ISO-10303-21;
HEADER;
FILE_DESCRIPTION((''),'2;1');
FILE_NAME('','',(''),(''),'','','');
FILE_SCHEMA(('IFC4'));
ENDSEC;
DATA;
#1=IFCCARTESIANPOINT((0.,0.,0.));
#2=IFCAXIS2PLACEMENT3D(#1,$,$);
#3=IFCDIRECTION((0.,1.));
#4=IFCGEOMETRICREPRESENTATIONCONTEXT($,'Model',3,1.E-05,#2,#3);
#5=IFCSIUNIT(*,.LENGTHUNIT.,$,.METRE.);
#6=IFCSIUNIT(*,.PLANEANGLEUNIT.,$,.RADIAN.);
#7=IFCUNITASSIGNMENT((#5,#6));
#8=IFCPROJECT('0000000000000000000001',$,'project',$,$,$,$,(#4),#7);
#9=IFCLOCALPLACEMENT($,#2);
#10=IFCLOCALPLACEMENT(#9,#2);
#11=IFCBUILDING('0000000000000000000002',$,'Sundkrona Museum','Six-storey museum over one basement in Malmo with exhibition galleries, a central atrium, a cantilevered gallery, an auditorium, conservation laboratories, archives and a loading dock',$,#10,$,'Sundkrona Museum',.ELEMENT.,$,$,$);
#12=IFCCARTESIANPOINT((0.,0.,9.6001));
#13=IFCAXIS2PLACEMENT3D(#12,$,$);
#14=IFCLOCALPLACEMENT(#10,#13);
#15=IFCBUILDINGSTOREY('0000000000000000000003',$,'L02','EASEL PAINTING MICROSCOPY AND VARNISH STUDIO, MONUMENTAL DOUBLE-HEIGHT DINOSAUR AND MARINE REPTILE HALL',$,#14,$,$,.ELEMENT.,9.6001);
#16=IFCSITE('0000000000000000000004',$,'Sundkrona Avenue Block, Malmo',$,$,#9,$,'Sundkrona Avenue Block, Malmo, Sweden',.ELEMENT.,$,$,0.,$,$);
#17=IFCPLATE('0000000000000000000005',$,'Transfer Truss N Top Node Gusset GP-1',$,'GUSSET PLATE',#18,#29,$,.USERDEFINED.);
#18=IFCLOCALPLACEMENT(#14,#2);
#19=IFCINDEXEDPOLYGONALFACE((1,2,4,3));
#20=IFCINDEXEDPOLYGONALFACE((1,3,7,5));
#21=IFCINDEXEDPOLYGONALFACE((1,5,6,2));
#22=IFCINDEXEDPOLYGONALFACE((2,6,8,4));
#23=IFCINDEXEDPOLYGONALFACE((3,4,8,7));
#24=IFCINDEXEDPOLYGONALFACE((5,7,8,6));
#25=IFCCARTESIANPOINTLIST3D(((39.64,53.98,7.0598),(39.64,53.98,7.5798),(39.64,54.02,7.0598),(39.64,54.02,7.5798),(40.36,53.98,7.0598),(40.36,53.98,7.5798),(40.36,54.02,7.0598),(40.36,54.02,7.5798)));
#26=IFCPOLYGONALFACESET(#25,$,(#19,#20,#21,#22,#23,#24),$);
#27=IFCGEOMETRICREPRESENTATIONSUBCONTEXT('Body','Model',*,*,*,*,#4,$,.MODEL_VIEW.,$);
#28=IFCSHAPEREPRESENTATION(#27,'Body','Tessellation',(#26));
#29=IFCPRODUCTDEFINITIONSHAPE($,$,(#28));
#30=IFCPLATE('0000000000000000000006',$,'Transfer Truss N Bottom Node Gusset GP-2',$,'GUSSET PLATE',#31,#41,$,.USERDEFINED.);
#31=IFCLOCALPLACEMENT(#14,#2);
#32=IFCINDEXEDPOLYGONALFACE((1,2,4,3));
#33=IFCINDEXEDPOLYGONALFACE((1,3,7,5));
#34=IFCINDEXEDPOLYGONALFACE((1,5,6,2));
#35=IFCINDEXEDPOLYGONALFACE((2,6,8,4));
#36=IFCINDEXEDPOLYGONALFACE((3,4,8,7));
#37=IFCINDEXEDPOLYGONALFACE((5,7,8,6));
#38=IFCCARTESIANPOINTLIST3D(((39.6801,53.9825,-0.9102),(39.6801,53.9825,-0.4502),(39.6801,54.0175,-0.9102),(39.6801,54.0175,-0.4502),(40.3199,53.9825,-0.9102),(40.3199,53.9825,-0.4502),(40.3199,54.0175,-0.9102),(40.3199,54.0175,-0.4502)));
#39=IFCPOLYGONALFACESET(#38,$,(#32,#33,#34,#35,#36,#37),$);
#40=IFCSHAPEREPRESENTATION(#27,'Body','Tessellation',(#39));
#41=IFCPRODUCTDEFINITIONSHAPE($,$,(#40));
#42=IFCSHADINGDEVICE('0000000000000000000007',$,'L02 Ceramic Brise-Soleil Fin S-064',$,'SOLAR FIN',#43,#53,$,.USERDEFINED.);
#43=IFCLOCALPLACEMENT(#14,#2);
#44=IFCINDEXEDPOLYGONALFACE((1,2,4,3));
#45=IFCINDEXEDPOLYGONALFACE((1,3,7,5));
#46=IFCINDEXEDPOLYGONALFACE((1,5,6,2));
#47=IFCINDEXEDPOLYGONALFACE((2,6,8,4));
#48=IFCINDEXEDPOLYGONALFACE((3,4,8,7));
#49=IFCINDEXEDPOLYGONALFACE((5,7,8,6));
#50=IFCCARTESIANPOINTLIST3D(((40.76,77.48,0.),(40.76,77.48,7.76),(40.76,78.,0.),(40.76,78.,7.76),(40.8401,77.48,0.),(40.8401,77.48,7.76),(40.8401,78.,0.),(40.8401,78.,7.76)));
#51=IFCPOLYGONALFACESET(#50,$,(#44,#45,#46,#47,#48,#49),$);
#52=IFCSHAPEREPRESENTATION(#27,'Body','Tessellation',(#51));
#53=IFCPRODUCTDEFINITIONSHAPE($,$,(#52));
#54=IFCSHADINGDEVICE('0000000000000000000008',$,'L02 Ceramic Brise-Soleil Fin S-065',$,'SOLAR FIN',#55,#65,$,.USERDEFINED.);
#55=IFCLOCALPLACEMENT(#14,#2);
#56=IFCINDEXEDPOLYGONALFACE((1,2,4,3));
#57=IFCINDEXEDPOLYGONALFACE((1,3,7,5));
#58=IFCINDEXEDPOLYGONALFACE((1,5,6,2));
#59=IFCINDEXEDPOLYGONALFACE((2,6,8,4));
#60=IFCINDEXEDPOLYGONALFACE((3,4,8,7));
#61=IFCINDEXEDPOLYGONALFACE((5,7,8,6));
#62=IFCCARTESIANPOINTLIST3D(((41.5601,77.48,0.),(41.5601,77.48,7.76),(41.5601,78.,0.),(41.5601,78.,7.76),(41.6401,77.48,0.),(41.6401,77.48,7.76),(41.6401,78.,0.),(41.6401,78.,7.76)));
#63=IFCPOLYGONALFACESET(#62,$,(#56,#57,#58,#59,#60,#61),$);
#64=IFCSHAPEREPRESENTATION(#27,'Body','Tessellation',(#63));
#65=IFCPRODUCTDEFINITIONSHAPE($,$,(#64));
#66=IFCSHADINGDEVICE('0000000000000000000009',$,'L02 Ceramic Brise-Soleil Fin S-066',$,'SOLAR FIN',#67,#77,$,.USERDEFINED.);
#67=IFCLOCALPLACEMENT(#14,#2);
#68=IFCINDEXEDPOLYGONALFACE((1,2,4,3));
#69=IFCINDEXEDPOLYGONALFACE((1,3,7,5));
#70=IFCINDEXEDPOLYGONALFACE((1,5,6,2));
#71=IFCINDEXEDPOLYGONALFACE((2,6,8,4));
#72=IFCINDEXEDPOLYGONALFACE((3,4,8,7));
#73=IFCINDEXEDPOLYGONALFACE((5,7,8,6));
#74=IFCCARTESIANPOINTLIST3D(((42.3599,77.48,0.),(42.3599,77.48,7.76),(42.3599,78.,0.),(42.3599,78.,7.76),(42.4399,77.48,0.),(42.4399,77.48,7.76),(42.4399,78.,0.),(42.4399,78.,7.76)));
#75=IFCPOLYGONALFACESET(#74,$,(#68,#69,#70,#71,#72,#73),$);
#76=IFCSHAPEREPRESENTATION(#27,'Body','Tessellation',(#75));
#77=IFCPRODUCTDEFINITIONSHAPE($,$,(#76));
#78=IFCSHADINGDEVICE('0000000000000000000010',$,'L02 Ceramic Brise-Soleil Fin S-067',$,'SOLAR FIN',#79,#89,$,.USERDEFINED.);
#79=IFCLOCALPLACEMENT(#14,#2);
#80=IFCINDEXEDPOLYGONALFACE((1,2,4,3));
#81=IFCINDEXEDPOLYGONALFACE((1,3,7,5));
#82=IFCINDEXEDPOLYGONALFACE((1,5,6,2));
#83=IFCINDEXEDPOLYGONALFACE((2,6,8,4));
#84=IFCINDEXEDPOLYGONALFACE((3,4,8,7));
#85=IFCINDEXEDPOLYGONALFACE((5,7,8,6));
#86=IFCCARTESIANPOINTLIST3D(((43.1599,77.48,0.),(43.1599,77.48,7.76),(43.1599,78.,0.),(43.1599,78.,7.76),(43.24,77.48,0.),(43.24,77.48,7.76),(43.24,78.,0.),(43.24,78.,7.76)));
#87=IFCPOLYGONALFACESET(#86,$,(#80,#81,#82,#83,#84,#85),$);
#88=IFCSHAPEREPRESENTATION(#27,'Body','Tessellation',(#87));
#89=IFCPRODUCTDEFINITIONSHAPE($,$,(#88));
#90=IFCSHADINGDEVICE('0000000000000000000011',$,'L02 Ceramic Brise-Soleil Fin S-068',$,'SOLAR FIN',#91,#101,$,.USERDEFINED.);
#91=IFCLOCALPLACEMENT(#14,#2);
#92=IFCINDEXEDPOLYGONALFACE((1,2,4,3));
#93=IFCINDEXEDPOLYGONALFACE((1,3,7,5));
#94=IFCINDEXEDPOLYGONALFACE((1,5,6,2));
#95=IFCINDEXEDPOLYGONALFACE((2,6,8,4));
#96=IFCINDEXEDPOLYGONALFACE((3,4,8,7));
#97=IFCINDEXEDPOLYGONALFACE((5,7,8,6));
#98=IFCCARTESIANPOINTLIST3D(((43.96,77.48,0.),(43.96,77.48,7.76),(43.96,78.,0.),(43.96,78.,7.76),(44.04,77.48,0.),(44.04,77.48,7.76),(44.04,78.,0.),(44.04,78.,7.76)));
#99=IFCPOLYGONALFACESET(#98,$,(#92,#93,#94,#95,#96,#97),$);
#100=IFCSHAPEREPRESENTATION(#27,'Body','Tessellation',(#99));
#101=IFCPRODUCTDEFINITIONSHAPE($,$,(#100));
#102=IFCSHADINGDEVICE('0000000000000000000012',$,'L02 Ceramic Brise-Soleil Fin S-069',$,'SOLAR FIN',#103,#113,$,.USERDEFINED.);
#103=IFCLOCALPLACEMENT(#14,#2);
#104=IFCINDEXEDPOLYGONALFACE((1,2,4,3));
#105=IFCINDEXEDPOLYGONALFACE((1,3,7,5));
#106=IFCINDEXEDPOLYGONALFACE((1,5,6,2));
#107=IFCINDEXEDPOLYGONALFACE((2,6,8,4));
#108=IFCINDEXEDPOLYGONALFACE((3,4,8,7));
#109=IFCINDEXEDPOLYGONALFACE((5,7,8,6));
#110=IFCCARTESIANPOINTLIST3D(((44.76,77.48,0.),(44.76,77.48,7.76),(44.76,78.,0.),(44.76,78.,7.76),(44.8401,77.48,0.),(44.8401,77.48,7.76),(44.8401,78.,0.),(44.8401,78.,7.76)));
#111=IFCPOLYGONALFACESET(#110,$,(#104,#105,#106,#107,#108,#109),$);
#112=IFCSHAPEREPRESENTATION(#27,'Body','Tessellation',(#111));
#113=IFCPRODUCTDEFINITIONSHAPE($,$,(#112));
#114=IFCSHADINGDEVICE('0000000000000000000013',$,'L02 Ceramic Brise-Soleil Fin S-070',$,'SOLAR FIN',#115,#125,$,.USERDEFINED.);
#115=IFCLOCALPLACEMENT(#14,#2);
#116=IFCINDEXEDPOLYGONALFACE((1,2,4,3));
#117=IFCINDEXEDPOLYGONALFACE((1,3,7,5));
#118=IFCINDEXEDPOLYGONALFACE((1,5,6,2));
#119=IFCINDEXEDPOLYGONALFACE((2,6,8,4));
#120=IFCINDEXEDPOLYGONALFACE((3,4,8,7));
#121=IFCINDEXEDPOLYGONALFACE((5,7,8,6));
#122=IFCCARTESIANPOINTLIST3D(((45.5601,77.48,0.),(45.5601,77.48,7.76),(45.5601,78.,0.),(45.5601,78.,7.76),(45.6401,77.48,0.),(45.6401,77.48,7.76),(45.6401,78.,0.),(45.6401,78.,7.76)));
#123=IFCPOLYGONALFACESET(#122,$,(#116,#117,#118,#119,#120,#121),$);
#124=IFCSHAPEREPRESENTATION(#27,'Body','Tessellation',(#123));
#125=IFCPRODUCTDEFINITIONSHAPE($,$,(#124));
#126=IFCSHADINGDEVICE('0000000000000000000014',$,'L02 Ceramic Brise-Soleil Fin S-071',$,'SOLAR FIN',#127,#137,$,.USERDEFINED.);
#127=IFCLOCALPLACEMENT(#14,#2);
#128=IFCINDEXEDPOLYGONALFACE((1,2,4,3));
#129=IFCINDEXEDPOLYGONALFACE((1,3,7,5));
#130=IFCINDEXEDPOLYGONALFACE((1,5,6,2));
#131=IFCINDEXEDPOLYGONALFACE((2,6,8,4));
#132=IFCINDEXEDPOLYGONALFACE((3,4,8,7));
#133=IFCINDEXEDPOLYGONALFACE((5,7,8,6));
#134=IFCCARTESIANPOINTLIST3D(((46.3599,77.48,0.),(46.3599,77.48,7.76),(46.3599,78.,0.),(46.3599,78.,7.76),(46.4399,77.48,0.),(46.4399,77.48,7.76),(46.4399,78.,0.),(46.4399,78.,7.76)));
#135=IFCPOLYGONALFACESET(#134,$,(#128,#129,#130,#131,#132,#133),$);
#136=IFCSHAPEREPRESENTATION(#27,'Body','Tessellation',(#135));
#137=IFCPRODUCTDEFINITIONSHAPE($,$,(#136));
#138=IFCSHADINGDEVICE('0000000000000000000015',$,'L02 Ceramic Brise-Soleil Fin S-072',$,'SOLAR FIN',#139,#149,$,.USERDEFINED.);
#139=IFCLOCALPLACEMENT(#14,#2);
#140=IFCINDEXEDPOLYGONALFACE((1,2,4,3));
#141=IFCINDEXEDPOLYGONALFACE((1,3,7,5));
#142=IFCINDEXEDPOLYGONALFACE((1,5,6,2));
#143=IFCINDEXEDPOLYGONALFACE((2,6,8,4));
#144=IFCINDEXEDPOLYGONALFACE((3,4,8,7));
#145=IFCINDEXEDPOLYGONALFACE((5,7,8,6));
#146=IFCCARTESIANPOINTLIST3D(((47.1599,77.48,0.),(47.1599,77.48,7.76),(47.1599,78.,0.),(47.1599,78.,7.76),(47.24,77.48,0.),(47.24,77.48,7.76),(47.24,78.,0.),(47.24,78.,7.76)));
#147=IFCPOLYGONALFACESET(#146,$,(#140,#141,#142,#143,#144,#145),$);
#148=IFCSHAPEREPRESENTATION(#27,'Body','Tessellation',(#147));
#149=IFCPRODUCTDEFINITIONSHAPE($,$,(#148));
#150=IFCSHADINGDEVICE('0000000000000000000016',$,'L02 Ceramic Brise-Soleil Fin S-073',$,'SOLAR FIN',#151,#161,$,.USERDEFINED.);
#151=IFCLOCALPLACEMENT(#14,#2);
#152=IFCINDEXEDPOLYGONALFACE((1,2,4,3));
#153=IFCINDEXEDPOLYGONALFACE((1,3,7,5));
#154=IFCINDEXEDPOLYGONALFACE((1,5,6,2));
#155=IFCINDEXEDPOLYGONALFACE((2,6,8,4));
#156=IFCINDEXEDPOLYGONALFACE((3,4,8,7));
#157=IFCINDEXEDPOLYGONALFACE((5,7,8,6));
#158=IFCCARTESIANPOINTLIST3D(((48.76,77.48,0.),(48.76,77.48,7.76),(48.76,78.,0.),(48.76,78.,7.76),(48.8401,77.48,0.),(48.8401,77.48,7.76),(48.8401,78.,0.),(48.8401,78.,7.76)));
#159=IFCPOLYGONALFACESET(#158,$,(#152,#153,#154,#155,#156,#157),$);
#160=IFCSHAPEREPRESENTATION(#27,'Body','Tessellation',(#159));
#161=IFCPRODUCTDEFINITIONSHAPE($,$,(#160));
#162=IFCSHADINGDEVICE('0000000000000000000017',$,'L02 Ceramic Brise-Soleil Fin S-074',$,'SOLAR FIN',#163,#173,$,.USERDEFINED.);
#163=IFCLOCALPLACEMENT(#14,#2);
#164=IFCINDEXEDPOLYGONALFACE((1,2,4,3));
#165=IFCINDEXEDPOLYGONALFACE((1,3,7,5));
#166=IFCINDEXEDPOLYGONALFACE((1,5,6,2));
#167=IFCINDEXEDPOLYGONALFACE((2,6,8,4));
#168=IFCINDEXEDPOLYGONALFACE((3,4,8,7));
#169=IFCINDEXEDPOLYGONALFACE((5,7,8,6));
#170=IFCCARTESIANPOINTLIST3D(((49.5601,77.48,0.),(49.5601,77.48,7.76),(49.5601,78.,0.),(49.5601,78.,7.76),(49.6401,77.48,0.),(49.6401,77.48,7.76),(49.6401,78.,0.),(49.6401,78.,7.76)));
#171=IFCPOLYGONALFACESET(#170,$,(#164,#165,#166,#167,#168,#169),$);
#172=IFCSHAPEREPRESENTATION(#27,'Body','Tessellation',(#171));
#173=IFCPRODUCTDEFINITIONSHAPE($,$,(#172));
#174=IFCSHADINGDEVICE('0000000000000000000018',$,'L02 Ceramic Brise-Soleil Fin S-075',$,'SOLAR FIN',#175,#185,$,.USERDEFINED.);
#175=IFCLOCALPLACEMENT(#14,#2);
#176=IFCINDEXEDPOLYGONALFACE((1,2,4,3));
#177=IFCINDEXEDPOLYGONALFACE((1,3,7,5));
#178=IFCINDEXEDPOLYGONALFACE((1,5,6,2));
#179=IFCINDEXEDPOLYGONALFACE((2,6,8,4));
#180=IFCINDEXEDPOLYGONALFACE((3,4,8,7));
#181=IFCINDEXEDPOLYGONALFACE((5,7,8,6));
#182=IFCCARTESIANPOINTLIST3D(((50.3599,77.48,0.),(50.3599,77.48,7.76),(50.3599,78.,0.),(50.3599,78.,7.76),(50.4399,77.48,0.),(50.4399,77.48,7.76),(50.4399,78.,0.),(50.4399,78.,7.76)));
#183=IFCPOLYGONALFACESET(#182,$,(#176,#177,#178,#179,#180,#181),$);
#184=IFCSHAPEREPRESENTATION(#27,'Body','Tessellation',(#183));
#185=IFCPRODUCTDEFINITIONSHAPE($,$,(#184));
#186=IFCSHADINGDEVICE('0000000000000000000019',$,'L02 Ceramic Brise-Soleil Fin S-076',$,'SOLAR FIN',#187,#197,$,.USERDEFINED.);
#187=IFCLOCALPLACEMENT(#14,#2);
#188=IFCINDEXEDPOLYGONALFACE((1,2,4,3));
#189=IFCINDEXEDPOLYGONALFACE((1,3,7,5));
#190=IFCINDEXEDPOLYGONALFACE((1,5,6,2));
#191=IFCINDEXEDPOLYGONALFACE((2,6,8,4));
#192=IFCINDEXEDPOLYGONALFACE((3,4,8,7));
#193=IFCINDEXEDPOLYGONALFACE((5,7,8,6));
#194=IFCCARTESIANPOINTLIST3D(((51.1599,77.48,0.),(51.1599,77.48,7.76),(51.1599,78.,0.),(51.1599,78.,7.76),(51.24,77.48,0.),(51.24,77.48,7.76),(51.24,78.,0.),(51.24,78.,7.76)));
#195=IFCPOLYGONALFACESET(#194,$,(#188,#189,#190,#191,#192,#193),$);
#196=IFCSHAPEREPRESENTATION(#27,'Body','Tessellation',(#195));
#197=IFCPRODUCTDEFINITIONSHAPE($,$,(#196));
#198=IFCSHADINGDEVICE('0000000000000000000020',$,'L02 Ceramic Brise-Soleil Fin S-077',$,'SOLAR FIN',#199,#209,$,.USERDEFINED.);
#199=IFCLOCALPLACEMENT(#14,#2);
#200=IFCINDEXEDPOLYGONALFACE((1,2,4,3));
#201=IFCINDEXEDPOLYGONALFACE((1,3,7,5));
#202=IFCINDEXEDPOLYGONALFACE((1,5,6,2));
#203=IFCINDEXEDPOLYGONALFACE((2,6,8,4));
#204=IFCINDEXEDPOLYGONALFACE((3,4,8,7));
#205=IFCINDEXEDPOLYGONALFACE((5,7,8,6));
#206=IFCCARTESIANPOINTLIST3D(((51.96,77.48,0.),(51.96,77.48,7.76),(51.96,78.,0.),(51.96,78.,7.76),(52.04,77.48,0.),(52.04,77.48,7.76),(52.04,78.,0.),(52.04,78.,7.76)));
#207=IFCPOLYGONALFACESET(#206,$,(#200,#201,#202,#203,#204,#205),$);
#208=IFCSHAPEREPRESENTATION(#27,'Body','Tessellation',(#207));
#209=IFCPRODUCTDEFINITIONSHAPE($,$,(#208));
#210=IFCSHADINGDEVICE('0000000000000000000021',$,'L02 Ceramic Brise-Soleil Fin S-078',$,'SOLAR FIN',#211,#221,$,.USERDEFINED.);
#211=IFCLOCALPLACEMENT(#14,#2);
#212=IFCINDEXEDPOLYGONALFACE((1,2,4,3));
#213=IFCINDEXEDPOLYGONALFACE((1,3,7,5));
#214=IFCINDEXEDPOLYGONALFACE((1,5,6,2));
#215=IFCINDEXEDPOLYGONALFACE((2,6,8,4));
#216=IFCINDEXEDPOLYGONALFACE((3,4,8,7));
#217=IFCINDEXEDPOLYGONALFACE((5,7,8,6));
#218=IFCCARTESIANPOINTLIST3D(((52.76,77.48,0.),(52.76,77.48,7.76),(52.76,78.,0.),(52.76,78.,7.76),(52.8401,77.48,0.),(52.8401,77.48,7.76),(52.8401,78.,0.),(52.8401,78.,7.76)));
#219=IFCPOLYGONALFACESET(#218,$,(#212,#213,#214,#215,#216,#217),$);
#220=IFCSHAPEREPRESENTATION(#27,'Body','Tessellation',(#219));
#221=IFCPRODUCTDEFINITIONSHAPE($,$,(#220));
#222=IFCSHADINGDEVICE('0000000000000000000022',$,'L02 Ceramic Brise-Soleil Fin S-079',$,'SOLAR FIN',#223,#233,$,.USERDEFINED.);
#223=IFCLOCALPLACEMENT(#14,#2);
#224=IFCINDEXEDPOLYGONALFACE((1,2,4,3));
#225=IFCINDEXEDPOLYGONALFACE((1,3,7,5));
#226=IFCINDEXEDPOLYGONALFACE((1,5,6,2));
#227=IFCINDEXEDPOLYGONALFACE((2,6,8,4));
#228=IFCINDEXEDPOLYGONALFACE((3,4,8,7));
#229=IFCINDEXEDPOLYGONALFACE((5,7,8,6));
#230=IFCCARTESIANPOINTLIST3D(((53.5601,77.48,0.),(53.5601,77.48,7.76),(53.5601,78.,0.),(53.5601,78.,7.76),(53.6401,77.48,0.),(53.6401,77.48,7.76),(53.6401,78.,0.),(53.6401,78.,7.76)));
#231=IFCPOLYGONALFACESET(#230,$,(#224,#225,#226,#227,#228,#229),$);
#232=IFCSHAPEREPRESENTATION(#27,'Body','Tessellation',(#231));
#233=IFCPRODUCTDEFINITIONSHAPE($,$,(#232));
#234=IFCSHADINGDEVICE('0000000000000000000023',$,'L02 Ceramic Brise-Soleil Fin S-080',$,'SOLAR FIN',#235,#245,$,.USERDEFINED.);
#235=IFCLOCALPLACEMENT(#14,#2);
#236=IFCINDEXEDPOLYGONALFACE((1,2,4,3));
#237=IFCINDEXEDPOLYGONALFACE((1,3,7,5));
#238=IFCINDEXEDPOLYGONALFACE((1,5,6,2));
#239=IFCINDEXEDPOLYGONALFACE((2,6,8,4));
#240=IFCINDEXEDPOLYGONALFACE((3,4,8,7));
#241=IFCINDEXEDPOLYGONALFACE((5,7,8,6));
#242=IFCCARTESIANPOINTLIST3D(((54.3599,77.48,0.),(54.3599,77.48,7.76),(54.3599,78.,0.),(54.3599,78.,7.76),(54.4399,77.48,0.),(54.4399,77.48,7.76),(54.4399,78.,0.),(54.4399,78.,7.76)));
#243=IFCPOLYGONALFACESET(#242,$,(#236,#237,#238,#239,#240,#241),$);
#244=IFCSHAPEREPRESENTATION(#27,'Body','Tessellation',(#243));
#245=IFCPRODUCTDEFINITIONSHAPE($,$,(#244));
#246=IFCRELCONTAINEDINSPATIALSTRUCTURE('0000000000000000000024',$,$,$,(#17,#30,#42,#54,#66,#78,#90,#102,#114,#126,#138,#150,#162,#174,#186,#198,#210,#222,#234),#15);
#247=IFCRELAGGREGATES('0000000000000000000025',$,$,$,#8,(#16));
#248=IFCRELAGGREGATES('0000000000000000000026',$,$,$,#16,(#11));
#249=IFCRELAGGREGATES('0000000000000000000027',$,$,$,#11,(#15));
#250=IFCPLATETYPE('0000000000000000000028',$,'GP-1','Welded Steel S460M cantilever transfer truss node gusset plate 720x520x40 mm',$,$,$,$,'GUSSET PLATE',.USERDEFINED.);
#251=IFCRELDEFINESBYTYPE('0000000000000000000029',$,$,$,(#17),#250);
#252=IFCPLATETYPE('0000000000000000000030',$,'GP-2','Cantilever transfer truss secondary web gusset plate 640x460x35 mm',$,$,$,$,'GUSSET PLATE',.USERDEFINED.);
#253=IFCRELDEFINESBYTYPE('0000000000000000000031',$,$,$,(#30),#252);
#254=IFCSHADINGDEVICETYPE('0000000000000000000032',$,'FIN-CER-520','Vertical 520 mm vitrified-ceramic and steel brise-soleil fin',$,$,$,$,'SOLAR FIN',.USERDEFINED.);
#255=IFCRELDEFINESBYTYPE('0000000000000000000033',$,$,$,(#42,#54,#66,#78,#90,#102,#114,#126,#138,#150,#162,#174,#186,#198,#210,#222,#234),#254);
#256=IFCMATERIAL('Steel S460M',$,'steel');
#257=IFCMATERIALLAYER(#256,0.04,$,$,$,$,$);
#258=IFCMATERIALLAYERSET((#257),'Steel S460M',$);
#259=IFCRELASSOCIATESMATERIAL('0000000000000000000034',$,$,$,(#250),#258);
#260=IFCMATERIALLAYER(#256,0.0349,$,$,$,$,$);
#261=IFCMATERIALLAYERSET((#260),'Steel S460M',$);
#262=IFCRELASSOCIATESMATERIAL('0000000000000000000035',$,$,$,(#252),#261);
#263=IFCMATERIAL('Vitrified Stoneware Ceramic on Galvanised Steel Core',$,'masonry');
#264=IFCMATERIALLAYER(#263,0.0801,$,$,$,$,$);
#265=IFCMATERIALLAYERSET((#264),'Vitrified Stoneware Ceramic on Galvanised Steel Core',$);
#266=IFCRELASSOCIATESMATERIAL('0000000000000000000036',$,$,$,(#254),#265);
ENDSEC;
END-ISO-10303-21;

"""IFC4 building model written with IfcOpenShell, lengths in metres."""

from ifc_helpers import new_model, si_unit, direction, frame, origin, origin_2d, place, context, subcontext, project, spatial, rectangle, extrude, material, layer, layer_set, type_object, element, save


model = new_model("IFC4")

# Units and contexts
model_context = context("Model", 3, precision=1e-05, world=origin(), true_north=direction((0.0, 1.0)))
body_context = subcontext(model_context, "Body", "Model", "MODEL_VIEW")
ifc_project = project(units=[si_unit("LENGTHUNIT", "METRE"), si_unit("PLANEANGLEUNIT", "RADIAN")], contexts=[model_context])

# Site, building, storey
site_placement = place(None, origin())
site = spatial("IfcSite", under=ifc_project, at=site_placement, Name="Sundkrona Avenue Block, Malmo", LongName="Sundkrona Avenue Block, Malmo, Sweden", CompositionType="ELEMENT", RefElevation=0.0)
building_placement = place(site_placement, origin())
building = spatial("IfcBuilding", under=site, at=building_placement, Name="Sundkrona Museum", Description="Six-storey museum over one basement in Malmo with exhibition galleries, a central atrium, a cantilevered gallery, an auditorium, conservation laboratories, archives and a loading dock", LongName="Sundkrona Museum", CompositionType="ELEMENT")
storey_placement = place(building_placement, frame((0.0, 0.0, 9.6001)))
storey = spatial("IfcBuildingStorey", under=building, at=storey_placement, Name="L02", Description="EASEL PAINTING MICROSCOPY AND VARNISH STUDIO, MONUMENTAL DOUBLE-HEIGHT DINOSAUR AND MARINE REPTILE HALL", CompositionType="ELEMENT", Elevation=9.6001)

# Plates
ifc_material_1 = material(Name="Steel S460M", Category="steel")
ifc_layer_1 = layer(ifc_material_1, 0.04)
ifc_layer_set_1 = layer_set([ifc_layer_1], Name="Steel S460M")
plate_type_1 = type_object("IfcPlateType", Name="GP-1", Description="Welded Steel S460M cantilever transfer truss node gusset plate 720x520x40 mm", ElementType="GUSSET PLATE", PredefinedType="USERDEFINED", material=ifc_layer_set_1)
plate_1_placement = place(storey_placement, frame((40.0, 54.0, 7.0598), z_axis=(0.0, 0.0, 1.0), x_axis=(1.0, 0.0, 0.0)))
element("IfcPlate", 1, at=plate_1_placement, inside=storey, type_object=plate_type_1, Name="Transfer Truss N Top Node Gusset GP-1", ObjectType="GUSSET PLATE", PredefinedType="USERDEFINED", context=body_context, shape_type="SweptSolid", body=[
    extrude(rectangle(XDim=0.72, YDim=0.04, at=origin_2d()), origin(), (0.0, 0.0, 1.0), 0.52),
])
ifc_layer_2 = layer(ifc_material_1, 0.0349)
ifc_layer_set_2 = layer_set([ifc_layer_2], Name="Steel S460M")
plate_type_2 = type_object("IfcPlateType", Name="GP-2", Description="Cantilever transfer truss secondary web gusset plate 640x460x35 mm", ElementType="GUSSET PLATE", PredefinedType="USERDEFINED", material=ifc_layer_set_2)
plate_2_placement = place(storey_placement, frame((40.0, 54.0, -0.9102), z_axis=(0.0, 0.0, 1.0), x_axis=(1.0, 0.0, 0.0)))
element("IfcPlate", 2, at=plate_2_placement, inside=storey, type_object=plate_type_2, Name="Transfer Truss N Bottom Node Gusset GP-2", ObjectType="GUSSET PLATE", PredefinedType="USERDEFINED", context=body_context, shape_type="SweptSolid", body=[
    extrude(rectangle(XDim=0.6399, YDim=0.0349, at=origin_2d()), origin(), (0.0, 0.0, 1.0), 0.46),
])

# Shading devices
ifc_material_2 = material(Name="Vitrified Stoneware Ceramic on Galvanised Steel Core", Category="masonry")
ifc_layer_3 = layer(ifc_material_2, 0.0801)
ifc_layer_set_3 = layer_set([ifc_layer_3], Name="Vitrified Stoneware Ceramic on Galvanised Steel Core")
shading_device_type = type_object("IfcShadingDeviceType", Name="FIN-CER-520", Description="Vertical 520 mm vitrified-ceramic and steel brise-soleil fin", ElementType="SOLAR FIN", PredefinedType="USERDEFINED", material=ifc_layer_set_3)
for number, where, z_axis, x_axis, name in (
    (3, (40.8, 77.74, 0.0), (0.0, 0.0, 1.0), (1.0, 0.0, 0.0), "L02 Ceramic Brise-Soleil Fin S-064"),
    (4, (41.6001, 77.74, 0.0), (0.0, 0.0, 1.0), (1.0, 0.0, 0.0), "L02 Ceramic Brise-Soleil Fin S-065"),
    (5, (42.3999, 77.74, 0.0), (0.0, 0.0, 1.0), (1.0, 0.0, 0.0), "L02 Ceramic Brise-Soleil Fin S-066"),
    (6, (43.2, 77.74, 0.0), (0.0, 0.0, 1.0), (1.0, 0.0, 0.0), "L02 Ceramic Brise-Soleil Fin S-067"),
    (7, (44.0, 77.74, 0.0), (0.0, 0.0, 1.0), (1.0, 0.0, 0.0), "L02 Ceramic Brise-Soleil Fin S-068"),
    (8, (44.8, 77.74, 0.0), (0.0, 0.0, 1.0), (1.0, 0.0, 0.0), "L02 Ceramic Brise-Soleil Fin S-069"),
    (9, (45.6001, 77.74, 0.0), (0.0, 0.0, 1.0), (1.0, 0.0, 0.0), "L02 Ceramic Brise-Soleil Fin S-070"),
    (10, (46.3999, 77.74, 0.0), (0.0, 0.0, 1.0), (1.0, 0.0, 0.0), "L02 Ceramic Brise-Soleil Fin S-071"),
    (11, (47.2, 77.74, 0.0), (0.0, 0.0, 1.0), (1.0, 0.0, 0.0), "L02 Ceramic Brise-Soleil Fin S-072"),
    (12, (48.8, 77.74, 0.0), (0.0, 0.0, 1.0), (1.0, 0.0, 0.0), "L02 Ceramic Brise-Soleil Fin S-073"),
    (13, (49.6001, 77.74, 0.0), (0.0, 0.0, 1.0), (1.0, 0.0, 0.0), "L02 Ceramic Brise-Soleil Fin S-074"),
    (14, (50.3999, 77.74, 0.0), (0.0, 0.0, 1.0), (1.0, 0.0, 0.0), "L02 Ceramic Brise-Soleil Fin S-075"),
    (15, (51.2, 77.74, 0.0), (0.0, 0.0, 1.0), (1.0, 0.0, 0.0), "L02 Ceramic Brise-Soleil Fin S-076"),
    (16, (52.0, 77.74, 0.0), (0.0, 0.0, 1.0), (1.0, 0.0, 0.0), "L02 Ceramic Brise-Soleil Fin S-077"),
    (17, (52.8, 77.74, 0.0), (0.0, 0.0, 1.0), (1.0, 0.0, 0.0), "L02 Ceramic Brise-Soleil Fin S-078"),
    (18, (53.6001, 77.74, 0.0), (0.0, 0.0, 1.0), (1.0, 0.0, 0.0), "L02 Ceramic Brise-Soleil Fin S-079"),
    (19, (54.3999, 77.74, 0.0), (0.0, 0.0, 1.0), (1.0, 0.0, 0.0), "L02 Ceramic Brise-Soleil Fin S-080"),
):
    element("IfcShadingDevice", number, at=place(storey_placement, frame(where, z_axis=z_axis, x_axis=x_axis)), inside=storey, type_object=shading_device_type, Name=name, ObjectType="SOLAR FIN", PredefinedType="USERDEFINED", context=body_context, shape_type="SweptSolid", body=[
        extrude(rectangle(XDim=0.0801, YDim=0.52, at=origin_2d()), origin(), (0.0, 0.0, 1.0), 7.76),
    ])

save(model, "model.ifc")
